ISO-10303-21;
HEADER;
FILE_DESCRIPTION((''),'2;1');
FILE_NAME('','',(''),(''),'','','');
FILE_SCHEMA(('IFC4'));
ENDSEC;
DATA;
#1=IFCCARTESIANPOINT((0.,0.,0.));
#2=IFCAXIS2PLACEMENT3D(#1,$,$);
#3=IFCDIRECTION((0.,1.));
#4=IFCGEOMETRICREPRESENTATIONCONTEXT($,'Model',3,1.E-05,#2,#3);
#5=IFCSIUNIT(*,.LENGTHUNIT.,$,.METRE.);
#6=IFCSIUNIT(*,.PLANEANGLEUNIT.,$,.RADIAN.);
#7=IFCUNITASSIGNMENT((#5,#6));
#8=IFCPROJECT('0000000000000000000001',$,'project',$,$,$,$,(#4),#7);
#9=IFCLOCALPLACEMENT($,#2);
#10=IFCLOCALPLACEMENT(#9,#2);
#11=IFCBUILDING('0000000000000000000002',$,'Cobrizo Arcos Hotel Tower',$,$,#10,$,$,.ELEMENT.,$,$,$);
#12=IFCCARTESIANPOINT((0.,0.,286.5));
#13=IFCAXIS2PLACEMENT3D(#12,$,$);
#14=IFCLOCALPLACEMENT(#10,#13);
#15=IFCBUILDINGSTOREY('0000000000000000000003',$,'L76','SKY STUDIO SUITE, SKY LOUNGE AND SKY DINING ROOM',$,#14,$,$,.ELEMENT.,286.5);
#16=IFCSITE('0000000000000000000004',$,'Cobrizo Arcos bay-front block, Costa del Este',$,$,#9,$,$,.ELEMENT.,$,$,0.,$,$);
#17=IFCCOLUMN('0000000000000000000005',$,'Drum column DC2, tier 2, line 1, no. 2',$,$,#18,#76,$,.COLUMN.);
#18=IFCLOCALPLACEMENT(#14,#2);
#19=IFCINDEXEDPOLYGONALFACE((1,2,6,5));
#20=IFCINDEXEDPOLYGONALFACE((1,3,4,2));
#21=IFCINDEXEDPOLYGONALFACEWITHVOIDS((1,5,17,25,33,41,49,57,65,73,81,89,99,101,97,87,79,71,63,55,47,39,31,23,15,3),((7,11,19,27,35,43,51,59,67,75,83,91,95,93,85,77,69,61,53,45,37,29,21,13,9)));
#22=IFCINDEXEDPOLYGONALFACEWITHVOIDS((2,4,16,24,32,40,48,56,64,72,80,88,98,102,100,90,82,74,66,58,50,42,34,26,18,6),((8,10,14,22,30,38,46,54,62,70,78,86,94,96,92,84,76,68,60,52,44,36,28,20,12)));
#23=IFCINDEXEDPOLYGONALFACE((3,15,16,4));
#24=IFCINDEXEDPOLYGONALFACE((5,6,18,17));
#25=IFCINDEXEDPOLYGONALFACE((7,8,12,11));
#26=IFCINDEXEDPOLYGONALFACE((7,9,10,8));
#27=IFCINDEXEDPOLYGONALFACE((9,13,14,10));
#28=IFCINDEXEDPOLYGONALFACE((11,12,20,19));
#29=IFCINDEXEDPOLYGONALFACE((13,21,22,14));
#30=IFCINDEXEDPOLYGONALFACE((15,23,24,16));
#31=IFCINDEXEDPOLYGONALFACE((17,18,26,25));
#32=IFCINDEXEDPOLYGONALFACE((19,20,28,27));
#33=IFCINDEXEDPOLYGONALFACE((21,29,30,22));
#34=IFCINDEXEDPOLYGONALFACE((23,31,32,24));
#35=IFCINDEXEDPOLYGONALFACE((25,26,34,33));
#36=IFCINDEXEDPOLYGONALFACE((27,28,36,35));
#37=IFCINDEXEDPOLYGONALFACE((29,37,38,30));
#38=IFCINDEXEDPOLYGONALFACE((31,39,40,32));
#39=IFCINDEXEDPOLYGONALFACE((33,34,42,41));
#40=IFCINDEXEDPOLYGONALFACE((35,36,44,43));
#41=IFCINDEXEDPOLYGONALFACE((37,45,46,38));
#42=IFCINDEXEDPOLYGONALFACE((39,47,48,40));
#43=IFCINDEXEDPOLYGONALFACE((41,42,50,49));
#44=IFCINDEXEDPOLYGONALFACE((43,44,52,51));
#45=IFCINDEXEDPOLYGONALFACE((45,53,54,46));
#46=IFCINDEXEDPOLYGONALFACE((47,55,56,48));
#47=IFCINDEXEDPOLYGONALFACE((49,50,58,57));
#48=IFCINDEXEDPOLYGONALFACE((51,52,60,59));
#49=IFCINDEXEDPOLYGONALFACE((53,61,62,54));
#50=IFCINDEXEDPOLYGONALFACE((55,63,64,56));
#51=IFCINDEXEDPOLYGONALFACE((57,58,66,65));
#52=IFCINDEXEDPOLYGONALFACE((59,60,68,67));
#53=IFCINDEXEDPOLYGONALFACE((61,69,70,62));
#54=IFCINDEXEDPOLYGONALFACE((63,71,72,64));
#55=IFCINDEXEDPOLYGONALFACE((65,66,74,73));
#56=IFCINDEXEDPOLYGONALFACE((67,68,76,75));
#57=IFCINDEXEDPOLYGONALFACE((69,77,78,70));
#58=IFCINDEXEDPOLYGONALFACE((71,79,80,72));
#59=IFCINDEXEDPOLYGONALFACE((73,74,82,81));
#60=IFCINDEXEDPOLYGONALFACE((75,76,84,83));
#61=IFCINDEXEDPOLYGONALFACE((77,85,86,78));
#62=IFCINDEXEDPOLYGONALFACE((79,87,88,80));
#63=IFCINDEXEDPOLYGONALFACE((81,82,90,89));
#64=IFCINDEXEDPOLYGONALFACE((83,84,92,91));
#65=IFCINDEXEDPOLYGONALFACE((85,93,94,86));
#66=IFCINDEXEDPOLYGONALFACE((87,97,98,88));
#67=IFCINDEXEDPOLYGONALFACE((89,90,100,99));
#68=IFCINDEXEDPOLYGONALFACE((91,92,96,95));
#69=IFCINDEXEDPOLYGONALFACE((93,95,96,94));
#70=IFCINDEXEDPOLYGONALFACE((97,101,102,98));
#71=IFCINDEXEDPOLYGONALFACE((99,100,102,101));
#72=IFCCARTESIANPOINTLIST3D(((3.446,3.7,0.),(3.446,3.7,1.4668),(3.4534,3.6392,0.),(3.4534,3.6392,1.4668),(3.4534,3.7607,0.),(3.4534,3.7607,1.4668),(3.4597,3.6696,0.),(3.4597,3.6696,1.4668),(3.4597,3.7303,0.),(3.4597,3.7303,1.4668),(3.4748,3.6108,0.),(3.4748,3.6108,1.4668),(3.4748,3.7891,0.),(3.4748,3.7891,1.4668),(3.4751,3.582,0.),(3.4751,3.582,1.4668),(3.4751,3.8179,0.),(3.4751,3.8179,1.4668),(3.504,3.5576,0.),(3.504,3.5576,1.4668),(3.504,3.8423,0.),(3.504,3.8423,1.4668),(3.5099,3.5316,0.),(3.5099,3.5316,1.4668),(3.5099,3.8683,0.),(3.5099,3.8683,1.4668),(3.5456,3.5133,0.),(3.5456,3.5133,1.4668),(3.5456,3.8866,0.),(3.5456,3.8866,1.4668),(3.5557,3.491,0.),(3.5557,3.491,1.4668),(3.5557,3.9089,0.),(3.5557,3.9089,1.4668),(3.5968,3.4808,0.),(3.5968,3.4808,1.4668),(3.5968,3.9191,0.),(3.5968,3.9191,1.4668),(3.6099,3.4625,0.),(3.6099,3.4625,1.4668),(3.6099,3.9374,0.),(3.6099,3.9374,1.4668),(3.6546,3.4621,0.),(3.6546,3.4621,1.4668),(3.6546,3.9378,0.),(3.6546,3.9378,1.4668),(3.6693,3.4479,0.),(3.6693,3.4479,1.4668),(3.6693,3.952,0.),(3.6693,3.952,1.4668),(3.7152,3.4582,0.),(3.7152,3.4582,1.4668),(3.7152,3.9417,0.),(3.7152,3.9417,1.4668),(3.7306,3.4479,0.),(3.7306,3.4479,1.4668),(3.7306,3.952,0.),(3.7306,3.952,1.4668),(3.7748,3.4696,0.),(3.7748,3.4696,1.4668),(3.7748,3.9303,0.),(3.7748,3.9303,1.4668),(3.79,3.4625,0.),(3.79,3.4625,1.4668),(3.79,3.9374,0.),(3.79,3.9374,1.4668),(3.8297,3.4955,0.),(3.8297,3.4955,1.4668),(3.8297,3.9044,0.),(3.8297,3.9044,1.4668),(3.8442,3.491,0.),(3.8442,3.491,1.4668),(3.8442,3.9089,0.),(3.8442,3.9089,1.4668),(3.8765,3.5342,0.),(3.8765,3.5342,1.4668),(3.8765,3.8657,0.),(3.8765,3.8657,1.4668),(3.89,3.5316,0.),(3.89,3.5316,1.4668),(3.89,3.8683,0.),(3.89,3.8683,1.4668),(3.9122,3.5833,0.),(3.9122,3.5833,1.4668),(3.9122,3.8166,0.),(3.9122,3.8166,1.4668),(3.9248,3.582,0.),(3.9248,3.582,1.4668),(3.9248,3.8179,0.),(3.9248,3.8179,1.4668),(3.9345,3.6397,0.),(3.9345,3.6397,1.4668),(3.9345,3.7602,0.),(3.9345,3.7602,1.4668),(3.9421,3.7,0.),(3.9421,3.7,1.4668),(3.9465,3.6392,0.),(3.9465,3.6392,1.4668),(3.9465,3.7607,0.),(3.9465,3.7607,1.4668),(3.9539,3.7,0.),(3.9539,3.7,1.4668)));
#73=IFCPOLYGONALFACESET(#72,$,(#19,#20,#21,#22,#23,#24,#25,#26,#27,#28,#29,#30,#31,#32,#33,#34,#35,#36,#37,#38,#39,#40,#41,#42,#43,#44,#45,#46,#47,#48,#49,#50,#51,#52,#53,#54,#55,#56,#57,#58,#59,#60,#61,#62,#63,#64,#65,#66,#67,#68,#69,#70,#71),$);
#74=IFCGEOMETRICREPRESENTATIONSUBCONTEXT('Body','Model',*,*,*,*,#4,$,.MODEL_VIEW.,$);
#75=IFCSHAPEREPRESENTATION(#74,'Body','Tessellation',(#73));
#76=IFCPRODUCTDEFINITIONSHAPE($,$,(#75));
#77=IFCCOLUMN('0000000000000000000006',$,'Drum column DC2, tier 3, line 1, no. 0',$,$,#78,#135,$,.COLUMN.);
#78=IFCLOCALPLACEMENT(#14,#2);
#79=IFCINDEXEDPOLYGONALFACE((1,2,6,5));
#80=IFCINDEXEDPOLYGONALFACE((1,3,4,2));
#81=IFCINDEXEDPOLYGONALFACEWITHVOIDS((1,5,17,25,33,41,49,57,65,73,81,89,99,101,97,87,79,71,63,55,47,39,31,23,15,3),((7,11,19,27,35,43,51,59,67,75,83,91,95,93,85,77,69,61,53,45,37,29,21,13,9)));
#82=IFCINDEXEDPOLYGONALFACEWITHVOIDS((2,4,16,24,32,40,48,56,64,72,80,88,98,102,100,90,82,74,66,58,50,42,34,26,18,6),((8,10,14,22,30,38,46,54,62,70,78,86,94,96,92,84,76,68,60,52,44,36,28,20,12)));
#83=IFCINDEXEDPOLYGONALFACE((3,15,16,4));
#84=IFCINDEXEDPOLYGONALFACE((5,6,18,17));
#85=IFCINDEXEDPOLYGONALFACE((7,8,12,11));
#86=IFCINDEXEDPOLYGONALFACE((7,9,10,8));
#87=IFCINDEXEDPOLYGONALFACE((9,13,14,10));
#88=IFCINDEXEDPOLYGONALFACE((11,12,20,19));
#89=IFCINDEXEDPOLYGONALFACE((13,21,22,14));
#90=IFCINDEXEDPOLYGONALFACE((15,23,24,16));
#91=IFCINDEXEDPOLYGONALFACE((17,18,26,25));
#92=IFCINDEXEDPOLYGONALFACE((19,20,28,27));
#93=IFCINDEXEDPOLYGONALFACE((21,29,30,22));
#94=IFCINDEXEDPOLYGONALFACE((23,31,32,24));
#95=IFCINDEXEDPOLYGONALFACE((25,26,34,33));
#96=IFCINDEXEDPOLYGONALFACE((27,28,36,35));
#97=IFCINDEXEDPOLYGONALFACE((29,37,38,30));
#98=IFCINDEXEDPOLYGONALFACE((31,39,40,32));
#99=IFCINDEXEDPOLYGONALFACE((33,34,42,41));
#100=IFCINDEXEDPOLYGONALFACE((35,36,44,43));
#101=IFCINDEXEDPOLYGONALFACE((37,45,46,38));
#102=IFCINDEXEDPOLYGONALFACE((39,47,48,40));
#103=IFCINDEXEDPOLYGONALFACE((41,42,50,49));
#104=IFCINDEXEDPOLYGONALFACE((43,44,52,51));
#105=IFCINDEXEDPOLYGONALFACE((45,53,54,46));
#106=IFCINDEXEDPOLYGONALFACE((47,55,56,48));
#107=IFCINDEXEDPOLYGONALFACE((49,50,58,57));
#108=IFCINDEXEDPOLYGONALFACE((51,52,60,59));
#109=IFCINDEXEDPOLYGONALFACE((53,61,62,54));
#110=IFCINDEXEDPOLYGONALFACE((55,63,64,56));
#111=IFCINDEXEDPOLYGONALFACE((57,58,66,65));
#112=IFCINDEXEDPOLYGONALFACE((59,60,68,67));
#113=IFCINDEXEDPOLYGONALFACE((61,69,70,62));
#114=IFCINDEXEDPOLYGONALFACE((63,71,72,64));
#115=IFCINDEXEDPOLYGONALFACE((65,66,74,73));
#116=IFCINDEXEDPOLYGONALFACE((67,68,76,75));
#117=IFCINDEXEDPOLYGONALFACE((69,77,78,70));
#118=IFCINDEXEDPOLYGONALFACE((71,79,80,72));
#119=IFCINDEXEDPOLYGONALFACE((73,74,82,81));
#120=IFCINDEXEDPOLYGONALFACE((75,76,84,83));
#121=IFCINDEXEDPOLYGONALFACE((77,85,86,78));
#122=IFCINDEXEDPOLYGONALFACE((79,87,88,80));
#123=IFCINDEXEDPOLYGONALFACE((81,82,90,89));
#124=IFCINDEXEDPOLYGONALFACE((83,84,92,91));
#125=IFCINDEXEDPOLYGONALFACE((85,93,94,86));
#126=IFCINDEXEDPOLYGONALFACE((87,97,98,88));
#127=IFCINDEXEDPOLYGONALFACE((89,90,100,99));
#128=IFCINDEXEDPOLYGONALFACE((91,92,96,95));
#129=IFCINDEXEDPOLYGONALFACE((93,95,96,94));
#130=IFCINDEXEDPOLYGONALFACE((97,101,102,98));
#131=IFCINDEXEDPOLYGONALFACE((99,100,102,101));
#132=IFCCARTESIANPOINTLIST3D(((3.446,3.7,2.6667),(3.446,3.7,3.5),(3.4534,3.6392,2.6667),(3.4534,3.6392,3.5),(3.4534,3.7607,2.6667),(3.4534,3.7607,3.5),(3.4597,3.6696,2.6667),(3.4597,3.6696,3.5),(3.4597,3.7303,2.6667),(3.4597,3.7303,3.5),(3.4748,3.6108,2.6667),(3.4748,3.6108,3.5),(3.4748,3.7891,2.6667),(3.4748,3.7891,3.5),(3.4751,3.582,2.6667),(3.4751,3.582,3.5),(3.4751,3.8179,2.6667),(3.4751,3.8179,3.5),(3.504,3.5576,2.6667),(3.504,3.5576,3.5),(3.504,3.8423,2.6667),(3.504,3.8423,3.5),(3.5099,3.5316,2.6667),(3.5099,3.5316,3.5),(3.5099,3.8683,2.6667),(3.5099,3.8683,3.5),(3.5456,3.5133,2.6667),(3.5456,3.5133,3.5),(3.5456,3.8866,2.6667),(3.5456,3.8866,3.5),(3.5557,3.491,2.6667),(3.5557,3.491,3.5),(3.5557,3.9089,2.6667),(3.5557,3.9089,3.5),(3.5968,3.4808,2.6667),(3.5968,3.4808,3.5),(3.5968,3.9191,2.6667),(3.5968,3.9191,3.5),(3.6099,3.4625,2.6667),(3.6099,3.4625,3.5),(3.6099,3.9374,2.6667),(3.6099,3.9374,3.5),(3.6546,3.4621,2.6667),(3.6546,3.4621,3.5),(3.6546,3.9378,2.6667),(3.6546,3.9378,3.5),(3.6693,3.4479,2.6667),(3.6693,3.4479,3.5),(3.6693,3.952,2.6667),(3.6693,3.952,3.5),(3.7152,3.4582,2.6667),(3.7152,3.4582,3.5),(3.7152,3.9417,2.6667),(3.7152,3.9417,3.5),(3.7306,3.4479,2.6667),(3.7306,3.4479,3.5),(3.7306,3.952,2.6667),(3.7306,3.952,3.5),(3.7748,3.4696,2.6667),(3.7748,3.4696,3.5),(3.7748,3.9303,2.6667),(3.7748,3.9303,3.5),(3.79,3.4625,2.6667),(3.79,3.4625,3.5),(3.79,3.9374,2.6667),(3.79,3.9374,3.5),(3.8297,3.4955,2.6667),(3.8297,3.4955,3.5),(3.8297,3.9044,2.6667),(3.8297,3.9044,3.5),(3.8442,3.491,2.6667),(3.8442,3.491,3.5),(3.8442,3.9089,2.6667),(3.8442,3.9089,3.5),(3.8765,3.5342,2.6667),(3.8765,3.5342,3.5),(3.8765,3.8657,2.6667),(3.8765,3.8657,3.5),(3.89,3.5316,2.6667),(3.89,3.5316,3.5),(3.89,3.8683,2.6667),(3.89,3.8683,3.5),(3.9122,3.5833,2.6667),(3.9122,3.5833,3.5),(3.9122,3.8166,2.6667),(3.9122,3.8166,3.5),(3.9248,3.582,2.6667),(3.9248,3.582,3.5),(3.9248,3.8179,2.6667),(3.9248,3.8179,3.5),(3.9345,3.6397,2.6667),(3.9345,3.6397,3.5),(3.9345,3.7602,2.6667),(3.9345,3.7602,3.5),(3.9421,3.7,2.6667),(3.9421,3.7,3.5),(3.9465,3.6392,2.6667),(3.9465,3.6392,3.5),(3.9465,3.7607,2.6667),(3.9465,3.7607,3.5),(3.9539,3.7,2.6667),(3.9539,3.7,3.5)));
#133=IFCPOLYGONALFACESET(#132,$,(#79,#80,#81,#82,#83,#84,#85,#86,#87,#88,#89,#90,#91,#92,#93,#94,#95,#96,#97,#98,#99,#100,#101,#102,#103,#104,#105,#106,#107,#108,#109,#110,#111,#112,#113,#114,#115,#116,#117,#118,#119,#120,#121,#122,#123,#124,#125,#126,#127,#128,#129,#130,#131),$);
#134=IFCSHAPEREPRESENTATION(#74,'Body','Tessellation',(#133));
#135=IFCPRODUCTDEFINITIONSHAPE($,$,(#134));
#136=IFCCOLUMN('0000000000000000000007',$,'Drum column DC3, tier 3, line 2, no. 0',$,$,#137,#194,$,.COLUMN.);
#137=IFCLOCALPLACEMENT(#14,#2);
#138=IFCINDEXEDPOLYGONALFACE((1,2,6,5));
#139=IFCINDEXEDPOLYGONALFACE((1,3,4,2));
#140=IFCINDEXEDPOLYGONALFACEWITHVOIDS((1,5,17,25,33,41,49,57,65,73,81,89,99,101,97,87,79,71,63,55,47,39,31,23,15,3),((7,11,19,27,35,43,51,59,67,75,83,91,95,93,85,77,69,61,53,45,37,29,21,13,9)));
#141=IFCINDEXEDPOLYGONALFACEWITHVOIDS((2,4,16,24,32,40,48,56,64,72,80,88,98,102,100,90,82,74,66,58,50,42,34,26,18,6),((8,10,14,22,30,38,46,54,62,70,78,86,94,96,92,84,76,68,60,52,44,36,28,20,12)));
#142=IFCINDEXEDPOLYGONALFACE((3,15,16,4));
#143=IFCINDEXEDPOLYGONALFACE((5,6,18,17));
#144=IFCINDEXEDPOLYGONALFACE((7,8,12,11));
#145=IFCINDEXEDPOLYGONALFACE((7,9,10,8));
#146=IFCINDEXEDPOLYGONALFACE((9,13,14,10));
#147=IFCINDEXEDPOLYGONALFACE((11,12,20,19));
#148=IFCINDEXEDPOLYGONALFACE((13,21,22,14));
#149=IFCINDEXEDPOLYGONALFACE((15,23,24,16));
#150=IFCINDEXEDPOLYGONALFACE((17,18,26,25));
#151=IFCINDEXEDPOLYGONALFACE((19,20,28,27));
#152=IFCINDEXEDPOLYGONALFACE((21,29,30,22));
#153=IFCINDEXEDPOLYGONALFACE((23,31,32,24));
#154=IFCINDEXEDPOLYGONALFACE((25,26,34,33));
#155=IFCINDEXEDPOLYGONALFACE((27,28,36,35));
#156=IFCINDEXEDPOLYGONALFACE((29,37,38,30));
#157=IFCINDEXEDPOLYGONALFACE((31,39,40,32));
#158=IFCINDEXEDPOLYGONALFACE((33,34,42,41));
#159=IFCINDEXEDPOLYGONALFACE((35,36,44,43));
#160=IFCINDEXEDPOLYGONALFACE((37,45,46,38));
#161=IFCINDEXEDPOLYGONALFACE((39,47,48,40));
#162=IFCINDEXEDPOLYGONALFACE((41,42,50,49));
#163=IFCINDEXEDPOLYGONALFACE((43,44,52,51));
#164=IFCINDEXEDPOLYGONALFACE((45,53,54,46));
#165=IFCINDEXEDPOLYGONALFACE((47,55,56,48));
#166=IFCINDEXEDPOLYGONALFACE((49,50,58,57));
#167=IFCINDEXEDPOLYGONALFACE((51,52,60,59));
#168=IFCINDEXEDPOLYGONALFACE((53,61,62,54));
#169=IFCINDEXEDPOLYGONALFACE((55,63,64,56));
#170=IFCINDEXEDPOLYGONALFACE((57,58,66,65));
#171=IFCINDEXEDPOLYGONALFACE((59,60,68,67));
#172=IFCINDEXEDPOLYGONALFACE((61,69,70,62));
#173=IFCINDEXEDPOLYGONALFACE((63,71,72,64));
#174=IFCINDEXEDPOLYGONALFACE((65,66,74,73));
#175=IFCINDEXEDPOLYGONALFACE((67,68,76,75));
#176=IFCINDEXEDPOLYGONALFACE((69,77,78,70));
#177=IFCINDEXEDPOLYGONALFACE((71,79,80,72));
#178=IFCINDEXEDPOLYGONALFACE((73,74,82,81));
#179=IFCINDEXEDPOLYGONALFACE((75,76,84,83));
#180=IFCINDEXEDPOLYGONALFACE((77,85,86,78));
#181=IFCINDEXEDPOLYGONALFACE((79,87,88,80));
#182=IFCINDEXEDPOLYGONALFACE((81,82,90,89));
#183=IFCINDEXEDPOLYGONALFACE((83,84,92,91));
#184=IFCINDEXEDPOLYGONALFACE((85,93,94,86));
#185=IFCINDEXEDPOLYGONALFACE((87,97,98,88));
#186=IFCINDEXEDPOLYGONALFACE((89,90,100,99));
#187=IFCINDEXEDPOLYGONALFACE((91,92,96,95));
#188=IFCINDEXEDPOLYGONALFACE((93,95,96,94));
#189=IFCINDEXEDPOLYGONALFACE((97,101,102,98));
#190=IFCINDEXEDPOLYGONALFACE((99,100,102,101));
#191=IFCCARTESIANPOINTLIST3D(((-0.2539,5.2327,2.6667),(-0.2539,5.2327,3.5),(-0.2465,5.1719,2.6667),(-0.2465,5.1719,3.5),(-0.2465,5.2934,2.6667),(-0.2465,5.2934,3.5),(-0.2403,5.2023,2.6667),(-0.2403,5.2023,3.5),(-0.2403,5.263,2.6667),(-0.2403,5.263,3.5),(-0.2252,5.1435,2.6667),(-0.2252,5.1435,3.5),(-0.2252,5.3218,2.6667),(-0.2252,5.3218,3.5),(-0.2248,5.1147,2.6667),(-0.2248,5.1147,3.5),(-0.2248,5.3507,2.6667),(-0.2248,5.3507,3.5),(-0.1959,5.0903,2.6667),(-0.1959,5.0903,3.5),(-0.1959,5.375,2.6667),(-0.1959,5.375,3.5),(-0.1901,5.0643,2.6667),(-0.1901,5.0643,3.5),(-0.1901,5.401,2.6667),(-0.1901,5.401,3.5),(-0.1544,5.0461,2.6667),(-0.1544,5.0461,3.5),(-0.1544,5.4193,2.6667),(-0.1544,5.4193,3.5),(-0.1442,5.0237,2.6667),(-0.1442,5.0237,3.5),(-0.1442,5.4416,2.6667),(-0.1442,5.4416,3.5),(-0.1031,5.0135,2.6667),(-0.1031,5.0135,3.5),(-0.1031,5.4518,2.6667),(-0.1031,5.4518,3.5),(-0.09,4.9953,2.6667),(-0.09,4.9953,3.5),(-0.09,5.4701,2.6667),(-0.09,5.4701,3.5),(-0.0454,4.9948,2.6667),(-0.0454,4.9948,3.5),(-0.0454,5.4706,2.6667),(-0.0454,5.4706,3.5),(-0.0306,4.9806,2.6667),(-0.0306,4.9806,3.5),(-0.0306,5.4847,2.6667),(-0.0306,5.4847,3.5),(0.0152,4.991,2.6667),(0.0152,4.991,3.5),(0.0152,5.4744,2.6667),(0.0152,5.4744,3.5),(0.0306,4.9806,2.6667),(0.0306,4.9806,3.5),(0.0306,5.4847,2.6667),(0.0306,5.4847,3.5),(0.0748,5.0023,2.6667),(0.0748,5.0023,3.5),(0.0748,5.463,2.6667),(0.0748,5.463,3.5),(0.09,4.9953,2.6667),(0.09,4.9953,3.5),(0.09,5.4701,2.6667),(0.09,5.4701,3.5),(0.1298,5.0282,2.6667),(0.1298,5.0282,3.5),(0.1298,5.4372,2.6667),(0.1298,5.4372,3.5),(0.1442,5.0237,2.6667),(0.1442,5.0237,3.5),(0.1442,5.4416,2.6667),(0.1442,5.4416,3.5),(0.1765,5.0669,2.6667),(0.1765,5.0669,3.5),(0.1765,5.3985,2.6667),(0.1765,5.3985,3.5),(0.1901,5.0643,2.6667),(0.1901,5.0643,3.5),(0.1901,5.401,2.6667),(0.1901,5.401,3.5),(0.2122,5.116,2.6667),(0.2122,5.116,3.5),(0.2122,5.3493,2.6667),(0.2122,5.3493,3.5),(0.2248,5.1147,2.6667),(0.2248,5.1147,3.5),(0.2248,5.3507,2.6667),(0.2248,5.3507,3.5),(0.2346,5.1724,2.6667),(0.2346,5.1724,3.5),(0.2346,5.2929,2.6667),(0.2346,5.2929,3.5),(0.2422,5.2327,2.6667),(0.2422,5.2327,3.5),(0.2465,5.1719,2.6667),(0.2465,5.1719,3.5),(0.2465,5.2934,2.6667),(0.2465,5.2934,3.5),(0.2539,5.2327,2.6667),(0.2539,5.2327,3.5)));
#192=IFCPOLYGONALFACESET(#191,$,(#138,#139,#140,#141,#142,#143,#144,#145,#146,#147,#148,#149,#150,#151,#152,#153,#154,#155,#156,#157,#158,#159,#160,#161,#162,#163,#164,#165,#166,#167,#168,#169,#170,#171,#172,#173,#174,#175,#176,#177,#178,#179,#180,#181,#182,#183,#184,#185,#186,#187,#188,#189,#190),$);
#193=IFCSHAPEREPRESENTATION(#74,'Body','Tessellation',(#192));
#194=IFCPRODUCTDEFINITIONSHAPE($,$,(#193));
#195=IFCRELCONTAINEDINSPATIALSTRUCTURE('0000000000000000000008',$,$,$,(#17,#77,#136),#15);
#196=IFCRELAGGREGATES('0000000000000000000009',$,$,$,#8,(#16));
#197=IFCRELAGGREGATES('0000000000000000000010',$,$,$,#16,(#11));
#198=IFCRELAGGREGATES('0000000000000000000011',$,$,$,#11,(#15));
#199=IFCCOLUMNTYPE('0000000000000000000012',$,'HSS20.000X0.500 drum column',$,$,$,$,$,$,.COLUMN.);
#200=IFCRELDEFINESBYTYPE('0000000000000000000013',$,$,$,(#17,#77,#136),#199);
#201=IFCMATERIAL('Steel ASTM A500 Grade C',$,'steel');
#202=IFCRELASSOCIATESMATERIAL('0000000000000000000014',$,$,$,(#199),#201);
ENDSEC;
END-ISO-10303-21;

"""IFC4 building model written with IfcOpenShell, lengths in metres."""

from ifc_helpers import new_model, si_unit, direction, frame, origin, origin_2d, place, context, subcontext, project, spatial, hollow_circle, extrude, material, material_profile, profile_set, type_object, element, save


model = new_model("IFC4")

# Units and contexts
model_context = context("Model", 3, precision=1e-05, world=origin(), true_north=direction((0.0, 1.0)))
body_context = subcontext(model_context, "Body", "Model", "MODEL_VIEW")
ifc_project = project(units=[si_unit("LENGTHUNIT", "METRE"), si_unit("PLANEANGLEUNIT", "RADIAN")], contexts=[model_context])

# Site, building, storey
site_placement = place(None, origin())
site = spatial("IfcSite", under=ifc_project, at=site_placement, Name="Cobrizo Arcos bay-front block, Costa del Este", CompositionType="ELEMENT", RefElevation=0.0)
building_placement = place(site_placement, origin())
building = spatial("IfcBuilding", under=site, at=building_placement, Name="Cobrizo Arcos Hotel Tower", CompositionType="ELEMENT")
storey_placement = place(building_placement, frame((0.0, 0.0, 286.5)))
storey = spatial("IfcBuildingStorey", under=building, at=storey_placement, Name="L76", Description="SKY STUDIO SUITE, SKY LOUNGE AND SKY DINING ROOM", CompositionType="ELEMENT", Elevation=286.5)

# Columns
ifc_material_1 = material(Name="Steel ASTM A500 Grade C", Category="steel")
ifc_material_profile_1 = material_profile(ifc_material_1, hollow_circle(Radius=0.2539, WallThickness=0.0117, at=origin_2d()), Name="HSS20.000X0.500")
ifc_profile_set_1 = profile_set([ifc_material_profile_1], Name="Steel ASTM A500 Grade C")
column_type = type_object("IfcColumnType", Name="HSS20.000X0.500 drum column", PredefinedType="COLUMN", material=ifc_profile_set_1)
column_placement = place(storey_placement, frame((3.7, 3.7, 0.0), z_axis=(0.0, 0.0, 1.0), x_axis=(1.0, 0.0, 0.0)))
element("IfcColumn", 1, at=column_placement, inside=storey, type_object=column_type, Name="Drum column DC2, tier 2, line 1, no. 2", PredefinedType="COLUMN", context=body_context, shape_type="SweptSolid", body=[
    extrude(hollow_circle(Radius=0.2539, WallThickness=0.0117, at=origin_2d()), origin(), (0.0, 0.0, 1.0), 1.4668),
])
for number, where, z_axis, x_axis, name in (
    (2, (3.7, 3.7, 2.6667), (0.0, 0.0, 1.0), (1.0, 0.0, 0.0), "Drum column DC2, tier 3, line 1, no. 0"),
    (3, (0.0, 5.2327, 2.6667), (0.0, 0.0, 1.0), (1.0, 0.0, 0.0), "Drum column DC3, tier 3, line 2, no. 0"),
):
    element("IfcColumn", number, at=place(storey_placement, frame(where, z_axis=z_axis, x_axis=x_axis)), inside=storey, type_object=column_type, Name=name, PredefinedType="COLUMN", context=body_context, shape_type="SweptSolid", body=[
        extrude(hollow_circle(Radius=0.2539, WallThickness=0.0117, at=origin_2d()), origin(), (0.0, 0.0, 1.0), 0.8333),
    ])

save(model, "model.ifc")
